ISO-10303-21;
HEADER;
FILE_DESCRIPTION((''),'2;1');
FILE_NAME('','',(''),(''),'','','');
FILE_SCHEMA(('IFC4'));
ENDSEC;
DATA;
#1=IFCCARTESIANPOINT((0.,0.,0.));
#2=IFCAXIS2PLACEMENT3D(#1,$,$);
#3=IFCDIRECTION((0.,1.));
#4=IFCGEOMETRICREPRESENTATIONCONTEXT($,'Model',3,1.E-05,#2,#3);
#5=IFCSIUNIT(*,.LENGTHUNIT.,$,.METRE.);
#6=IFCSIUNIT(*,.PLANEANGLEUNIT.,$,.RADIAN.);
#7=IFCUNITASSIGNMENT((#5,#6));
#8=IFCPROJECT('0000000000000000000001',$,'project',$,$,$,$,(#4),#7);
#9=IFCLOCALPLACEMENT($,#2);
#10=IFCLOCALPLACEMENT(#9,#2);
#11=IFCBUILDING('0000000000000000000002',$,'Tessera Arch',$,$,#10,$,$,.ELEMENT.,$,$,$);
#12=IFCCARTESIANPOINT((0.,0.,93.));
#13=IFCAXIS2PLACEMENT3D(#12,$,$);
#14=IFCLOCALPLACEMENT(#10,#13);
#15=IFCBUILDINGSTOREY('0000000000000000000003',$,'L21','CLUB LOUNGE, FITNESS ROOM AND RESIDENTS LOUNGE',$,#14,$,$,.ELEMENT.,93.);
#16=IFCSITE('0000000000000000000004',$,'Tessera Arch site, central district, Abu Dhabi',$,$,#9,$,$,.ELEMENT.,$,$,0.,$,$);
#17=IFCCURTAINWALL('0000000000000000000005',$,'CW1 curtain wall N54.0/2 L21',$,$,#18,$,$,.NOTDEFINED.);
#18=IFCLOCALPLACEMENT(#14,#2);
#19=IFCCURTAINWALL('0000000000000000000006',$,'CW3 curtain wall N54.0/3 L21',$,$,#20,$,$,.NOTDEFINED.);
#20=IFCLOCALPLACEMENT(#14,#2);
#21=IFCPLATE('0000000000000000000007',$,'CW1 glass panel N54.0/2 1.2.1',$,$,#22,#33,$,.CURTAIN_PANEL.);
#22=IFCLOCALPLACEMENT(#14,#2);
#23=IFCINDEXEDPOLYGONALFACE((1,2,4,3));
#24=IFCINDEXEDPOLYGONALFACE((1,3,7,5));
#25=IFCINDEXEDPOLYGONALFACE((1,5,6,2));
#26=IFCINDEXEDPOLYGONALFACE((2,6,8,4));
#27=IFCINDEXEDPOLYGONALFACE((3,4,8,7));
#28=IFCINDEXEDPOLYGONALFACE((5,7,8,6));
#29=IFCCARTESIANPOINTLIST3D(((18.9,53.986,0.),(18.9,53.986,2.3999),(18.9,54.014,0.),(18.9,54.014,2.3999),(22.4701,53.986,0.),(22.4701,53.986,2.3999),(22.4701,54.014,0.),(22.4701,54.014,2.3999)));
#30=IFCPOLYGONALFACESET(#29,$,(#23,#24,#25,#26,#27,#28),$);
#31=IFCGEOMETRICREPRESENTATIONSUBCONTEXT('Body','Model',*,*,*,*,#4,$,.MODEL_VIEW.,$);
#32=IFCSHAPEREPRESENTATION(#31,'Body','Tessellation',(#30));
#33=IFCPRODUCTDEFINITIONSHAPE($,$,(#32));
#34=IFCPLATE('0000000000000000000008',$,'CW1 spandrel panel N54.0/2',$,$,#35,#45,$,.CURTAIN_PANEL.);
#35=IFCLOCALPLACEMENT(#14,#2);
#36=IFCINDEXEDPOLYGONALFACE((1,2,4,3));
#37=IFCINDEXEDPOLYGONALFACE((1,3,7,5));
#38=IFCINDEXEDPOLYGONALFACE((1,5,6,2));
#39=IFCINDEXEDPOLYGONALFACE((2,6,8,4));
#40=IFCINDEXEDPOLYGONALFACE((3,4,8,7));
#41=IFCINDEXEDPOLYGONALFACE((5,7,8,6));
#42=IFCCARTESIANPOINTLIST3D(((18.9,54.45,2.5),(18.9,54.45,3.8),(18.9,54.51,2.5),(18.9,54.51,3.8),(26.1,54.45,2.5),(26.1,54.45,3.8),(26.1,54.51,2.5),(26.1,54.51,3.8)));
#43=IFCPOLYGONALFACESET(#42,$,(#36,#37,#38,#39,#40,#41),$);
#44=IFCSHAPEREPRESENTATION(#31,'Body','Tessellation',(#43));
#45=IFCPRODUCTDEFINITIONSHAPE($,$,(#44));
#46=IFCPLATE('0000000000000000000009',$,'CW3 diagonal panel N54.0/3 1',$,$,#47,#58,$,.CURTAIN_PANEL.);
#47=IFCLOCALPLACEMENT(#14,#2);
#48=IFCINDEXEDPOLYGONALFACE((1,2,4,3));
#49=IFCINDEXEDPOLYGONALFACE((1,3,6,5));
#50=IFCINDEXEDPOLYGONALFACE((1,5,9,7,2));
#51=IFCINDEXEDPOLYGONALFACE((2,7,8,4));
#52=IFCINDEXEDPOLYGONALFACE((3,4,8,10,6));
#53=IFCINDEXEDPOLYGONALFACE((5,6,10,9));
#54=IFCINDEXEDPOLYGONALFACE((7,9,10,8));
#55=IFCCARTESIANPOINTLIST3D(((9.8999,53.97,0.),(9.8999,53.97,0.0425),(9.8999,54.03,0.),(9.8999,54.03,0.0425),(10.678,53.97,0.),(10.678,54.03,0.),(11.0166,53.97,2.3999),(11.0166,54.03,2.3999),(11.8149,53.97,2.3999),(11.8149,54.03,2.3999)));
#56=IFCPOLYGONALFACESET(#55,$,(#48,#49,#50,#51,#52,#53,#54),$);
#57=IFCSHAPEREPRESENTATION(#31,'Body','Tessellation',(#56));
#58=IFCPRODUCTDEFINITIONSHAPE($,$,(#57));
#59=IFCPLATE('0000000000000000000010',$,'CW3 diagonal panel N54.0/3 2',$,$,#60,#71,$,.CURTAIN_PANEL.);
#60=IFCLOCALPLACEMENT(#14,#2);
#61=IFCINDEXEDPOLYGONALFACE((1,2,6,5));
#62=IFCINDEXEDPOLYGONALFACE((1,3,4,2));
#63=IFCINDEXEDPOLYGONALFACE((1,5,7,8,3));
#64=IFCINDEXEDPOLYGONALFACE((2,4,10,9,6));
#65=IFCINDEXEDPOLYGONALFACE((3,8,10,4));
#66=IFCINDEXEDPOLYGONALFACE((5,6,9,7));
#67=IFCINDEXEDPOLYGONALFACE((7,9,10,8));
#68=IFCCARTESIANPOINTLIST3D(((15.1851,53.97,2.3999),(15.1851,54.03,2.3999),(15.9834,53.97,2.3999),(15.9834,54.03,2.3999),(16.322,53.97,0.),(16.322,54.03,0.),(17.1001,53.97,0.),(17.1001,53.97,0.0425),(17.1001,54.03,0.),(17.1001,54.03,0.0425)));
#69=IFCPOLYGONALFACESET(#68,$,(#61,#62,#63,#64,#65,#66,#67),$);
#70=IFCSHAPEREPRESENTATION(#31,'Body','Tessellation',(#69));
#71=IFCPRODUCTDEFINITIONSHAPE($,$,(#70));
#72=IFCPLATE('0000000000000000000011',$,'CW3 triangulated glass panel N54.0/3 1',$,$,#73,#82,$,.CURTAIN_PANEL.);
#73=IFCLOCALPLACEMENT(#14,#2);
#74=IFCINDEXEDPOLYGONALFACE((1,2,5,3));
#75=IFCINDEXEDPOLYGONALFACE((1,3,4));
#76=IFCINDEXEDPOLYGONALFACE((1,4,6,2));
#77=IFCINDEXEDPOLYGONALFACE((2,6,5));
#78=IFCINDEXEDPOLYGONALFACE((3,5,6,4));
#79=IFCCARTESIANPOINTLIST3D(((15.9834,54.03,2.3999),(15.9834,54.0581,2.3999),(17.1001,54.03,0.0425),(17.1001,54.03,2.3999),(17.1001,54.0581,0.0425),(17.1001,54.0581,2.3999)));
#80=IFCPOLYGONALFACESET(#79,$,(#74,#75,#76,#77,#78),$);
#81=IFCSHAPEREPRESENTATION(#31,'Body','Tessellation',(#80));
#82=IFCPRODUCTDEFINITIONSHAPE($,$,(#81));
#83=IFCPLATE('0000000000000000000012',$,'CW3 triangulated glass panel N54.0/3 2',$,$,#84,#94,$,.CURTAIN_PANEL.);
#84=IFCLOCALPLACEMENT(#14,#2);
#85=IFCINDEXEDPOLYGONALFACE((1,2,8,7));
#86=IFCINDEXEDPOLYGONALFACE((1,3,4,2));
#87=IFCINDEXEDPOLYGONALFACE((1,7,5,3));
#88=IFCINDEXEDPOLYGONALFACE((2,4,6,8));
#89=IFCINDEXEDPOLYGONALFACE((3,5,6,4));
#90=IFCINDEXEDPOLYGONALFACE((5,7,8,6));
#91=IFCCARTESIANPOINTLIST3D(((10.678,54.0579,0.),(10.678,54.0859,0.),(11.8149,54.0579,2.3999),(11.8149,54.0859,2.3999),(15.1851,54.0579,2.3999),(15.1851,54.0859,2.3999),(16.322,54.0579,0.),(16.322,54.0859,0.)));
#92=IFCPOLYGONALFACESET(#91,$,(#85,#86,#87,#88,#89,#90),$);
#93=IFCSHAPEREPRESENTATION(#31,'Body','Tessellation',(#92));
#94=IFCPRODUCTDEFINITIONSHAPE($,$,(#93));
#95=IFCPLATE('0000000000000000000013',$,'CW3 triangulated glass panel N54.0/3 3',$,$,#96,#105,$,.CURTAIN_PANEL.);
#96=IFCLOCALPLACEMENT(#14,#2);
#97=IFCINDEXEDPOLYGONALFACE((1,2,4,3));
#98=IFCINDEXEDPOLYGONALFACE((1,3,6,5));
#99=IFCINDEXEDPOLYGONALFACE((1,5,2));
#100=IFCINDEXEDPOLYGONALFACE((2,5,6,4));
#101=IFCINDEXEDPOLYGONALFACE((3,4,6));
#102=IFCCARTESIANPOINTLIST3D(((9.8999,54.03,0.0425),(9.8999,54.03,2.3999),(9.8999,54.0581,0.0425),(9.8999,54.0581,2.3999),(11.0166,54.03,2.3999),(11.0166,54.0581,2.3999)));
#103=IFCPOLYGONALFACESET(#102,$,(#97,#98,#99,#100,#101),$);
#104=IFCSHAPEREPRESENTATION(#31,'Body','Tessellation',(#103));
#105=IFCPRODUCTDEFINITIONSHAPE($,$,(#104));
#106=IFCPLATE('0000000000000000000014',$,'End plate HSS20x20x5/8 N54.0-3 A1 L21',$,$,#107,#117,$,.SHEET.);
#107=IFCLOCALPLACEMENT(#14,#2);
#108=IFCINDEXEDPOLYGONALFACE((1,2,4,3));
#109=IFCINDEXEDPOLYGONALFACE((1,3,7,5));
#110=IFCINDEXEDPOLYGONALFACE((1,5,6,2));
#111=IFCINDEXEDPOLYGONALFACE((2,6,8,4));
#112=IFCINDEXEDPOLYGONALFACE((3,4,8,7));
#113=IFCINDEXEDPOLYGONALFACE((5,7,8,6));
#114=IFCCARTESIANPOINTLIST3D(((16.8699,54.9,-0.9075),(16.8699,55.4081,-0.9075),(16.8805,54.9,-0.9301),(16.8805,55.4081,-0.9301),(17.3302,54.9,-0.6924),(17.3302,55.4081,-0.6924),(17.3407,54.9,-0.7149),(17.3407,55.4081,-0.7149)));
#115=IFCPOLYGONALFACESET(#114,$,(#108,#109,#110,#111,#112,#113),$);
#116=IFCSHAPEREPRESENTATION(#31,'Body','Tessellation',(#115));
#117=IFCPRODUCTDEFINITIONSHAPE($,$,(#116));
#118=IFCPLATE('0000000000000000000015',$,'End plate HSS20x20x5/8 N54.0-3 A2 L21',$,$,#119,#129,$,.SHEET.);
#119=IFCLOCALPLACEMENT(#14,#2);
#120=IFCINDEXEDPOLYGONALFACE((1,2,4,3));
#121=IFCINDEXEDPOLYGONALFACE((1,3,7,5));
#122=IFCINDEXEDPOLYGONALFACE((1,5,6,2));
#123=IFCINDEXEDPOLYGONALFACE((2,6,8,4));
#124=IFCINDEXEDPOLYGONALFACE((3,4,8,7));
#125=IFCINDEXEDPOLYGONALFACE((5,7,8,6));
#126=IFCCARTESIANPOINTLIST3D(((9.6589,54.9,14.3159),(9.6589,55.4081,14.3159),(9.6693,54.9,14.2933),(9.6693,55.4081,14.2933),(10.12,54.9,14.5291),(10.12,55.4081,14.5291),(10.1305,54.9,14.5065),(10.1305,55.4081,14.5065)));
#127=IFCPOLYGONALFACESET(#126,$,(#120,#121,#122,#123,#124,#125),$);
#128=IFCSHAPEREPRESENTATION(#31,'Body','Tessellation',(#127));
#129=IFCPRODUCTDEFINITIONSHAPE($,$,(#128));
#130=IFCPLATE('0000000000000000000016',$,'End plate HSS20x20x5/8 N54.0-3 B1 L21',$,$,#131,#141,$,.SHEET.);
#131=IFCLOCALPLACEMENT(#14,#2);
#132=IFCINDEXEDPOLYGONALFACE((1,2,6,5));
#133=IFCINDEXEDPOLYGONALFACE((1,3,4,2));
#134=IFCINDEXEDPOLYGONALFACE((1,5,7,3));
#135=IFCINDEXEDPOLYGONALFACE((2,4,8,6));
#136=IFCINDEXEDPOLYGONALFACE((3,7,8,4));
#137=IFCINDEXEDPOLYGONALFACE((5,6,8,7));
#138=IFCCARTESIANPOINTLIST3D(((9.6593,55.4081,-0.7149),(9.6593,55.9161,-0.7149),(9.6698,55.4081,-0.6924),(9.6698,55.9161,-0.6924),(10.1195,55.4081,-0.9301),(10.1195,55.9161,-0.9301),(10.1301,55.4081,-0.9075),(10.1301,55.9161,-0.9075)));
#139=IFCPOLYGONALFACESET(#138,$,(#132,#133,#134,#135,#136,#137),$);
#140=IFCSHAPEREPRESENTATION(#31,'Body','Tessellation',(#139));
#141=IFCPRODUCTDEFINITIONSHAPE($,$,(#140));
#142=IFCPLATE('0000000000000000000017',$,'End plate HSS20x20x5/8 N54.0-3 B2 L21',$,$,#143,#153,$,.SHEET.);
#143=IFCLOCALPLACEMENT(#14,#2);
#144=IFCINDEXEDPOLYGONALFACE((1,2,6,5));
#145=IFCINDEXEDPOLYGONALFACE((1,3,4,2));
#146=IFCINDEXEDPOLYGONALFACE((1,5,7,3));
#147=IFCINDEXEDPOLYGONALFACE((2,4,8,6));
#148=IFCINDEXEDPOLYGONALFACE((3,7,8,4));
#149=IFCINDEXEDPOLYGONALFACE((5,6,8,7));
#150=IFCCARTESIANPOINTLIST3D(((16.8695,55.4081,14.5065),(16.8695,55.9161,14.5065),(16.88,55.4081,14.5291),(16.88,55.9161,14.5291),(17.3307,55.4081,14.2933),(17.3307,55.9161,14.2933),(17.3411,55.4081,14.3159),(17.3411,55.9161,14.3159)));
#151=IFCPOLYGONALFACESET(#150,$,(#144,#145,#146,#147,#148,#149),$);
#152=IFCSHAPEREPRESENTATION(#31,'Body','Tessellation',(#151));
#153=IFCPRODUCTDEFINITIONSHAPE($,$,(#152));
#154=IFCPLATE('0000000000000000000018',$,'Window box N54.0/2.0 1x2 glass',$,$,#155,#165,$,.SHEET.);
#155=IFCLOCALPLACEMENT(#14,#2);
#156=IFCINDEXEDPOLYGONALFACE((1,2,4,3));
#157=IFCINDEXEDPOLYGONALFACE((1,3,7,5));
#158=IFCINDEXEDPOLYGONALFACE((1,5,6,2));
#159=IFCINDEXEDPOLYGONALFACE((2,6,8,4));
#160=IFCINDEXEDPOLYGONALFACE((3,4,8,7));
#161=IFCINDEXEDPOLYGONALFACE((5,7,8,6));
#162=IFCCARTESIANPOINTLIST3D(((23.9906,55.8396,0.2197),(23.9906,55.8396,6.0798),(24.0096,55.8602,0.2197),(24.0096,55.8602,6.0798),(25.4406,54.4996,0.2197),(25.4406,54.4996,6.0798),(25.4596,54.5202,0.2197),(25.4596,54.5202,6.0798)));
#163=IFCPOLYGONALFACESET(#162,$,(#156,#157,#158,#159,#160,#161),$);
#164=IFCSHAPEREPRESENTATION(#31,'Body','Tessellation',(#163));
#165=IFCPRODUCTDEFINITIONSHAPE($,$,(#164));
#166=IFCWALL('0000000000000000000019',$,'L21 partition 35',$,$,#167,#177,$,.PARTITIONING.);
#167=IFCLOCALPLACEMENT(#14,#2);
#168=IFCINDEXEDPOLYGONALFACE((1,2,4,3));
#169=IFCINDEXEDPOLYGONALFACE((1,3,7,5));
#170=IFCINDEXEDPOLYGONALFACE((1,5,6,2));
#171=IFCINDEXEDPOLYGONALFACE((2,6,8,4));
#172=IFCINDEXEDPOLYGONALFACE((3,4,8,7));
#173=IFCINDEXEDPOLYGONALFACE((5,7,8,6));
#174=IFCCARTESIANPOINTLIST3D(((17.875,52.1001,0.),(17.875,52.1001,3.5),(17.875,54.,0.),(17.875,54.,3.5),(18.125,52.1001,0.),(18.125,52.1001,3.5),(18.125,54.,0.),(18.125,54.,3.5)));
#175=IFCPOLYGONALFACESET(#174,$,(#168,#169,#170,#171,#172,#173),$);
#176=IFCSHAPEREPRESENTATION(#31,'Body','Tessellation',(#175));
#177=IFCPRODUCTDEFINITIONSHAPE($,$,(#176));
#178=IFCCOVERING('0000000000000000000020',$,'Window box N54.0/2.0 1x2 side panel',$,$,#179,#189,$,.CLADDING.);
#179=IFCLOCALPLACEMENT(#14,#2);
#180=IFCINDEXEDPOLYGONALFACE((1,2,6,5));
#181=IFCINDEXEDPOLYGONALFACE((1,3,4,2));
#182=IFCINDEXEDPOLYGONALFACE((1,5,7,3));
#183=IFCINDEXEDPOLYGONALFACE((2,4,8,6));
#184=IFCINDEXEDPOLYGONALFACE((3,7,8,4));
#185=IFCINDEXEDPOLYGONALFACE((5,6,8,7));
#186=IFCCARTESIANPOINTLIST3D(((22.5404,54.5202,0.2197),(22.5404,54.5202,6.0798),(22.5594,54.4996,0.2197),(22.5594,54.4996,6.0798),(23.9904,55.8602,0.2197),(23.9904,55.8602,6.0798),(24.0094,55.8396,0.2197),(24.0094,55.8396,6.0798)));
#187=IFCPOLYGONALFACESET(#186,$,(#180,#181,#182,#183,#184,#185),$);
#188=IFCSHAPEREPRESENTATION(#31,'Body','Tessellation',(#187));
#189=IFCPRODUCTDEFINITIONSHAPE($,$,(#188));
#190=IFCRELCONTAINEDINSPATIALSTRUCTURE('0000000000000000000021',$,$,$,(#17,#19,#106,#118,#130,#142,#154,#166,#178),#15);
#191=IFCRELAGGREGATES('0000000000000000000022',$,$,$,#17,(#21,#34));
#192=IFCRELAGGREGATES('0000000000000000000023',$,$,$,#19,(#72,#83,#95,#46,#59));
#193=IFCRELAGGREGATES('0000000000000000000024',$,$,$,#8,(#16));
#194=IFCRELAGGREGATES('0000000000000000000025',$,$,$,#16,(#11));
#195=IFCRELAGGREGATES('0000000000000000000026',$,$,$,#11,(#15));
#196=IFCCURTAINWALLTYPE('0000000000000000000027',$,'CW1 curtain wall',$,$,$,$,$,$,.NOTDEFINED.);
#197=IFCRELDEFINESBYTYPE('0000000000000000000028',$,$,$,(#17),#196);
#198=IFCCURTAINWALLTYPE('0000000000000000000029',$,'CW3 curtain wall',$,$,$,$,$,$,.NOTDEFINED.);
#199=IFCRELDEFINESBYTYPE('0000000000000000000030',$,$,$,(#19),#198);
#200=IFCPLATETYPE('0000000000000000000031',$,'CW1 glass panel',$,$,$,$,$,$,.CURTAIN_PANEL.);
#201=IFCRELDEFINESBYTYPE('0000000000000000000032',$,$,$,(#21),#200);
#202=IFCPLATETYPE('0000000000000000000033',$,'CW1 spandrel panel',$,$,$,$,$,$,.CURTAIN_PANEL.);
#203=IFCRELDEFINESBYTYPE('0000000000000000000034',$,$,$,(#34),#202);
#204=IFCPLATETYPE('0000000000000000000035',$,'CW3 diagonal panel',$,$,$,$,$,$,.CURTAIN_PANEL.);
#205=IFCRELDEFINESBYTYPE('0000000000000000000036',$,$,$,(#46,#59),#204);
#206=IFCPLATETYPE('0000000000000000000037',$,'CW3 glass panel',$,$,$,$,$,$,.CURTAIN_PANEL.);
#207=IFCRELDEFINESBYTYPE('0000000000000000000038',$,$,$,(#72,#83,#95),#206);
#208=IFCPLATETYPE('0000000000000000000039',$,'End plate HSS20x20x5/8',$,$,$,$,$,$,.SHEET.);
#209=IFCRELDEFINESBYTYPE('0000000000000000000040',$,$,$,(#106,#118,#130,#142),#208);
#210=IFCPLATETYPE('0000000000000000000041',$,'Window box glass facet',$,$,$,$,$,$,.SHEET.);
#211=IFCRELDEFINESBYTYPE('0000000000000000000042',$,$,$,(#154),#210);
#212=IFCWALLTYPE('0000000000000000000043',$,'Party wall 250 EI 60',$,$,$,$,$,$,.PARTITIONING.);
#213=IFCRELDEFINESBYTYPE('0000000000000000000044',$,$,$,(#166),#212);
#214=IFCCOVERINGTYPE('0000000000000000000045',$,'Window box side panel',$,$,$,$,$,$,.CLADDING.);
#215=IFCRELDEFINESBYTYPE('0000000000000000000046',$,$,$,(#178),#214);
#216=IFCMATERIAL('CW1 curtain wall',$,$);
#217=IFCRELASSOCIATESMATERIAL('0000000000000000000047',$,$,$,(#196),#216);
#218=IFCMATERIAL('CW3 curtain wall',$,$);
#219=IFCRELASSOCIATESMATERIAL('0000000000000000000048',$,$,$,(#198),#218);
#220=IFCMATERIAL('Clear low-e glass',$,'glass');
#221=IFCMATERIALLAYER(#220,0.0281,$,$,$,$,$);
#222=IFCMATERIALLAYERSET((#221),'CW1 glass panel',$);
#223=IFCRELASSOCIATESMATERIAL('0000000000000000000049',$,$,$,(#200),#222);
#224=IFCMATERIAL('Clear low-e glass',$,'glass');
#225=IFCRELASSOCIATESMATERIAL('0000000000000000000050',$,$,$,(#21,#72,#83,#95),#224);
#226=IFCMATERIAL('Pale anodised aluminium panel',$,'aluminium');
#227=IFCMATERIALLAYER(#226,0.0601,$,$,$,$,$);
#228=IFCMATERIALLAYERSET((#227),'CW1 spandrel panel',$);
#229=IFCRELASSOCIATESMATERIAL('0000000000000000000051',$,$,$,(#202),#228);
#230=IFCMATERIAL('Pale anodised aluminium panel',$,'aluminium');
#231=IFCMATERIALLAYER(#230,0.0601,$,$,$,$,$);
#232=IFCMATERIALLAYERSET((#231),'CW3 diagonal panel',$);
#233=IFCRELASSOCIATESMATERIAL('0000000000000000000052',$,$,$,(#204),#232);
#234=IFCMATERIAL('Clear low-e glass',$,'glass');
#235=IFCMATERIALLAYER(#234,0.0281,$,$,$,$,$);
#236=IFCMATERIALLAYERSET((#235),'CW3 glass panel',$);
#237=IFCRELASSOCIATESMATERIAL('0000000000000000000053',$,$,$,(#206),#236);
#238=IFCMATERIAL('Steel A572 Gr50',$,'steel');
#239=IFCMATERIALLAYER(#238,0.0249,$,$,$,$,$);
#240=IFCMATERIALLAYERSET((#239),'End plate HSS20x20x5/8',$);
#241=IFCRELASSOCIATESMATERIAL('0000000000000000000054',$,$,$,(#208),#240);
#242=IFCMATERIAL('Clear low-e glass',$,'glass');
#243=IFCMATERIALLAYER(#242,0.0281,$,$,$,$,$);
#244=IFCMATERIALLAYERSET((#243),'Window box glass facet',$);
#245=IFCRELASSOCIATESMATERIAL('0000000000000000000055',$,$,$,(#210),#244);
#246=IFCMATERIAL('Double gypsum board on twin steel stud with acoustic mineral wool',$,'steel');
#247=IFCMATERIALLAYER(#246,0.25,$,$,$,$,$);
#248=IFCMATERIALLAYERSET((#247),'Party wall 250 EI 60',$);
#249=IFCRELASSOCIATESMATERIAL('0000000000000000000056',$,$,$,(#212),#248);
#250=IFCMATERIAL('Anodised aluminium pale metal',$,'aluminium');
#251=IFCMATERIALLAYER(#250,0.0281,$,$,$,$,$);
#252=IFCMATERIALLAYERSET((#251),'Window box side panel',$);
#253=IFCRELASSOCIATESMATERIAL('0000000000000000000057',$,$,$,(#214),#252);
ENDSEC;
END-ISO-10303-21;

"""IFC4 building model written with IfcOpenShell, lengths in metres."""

from ifc_helpers import new_model, si_unit, direction, frame, frame_2d, origin, origin_2d, place, context, subcontext, project, spatial, polyline, rectangle, outline, extrude, material, layer, layer_set, type_object, element, aggregate, save


model = new_model("IFC4")

# Units and contexts
model_context = context("Model", 3, precision=1e-05, world=origin(), true_north=direction((0.0, 1.0)))
body_context = subcontext(model_context, "Body", "Model", "MODEL_VIEW")
ifc_project = project(units=[si_unit("LENGTHUNIT", "METRE"), si_unit("PLANEANGLEUNIT", "RADIAN")], contexts=[model_context])

# Site, building, storey
site_placement = place(None, origin())
site = spatial("IfcSite", under=ifc_project, at=site_placement, Name="Tessera Arch site, central district, Abu Dhabi", CompositionType="ELEMENT", RefElevation=0.0)
building_placement = place(site_placement, origin())
building = spatial("IfcBuilding", under=site, at=building_placement, Name="Tessera Arch", CompositionType="ELEMENT")
storey_placement = place(building_placement, frame((0.0, 0.0, 93.0)))
storey = spatial("IfcBuildingStorey", under=building, at=storey_placement, Name="L21", Description="CLUB LOUNGE, FITNESS ROOM AND RESIDENTS LOUNGE", CompositionType="ELEMENT", Elevation=93.0)

# Curtain wall
ifc_material_1 = material(Name="CW1 curtain wall")
curtain_wall_type_1 = type_object("IfcCurtainWallType", Name="CW1 curtain wall", PredefinedType="NOTDEFINED", material=ifc_material_1)
curtain_wall_1_placement = place(storey_placement, origin())
curtain_wall_1 = element("IfcCurtainWall", 1, at=curtain_wall_1_placement, inside=storey, type_object=curtain_wall_type_1, Name="CW1 curtain wall N54.0/2 L21", PredefinedType="NOTDEFINED")

# Curtain wall
ifc_material_2 = material(Name="CW3 curtain wall")
curtain_wall_type_2 = type_object("IfcCurtainWallType", Name="CW3 curtain wall", PredefinedType="NOTDEFINED", material=ifc_material_2)
curtain_wall_2_placement = place(storey_placement, origin())
curtain_wall_2 = element("IfcCurtainWall", 2, at=curtain_wall_2_placement, inside=storey, type_object=curtain_wall_type_2, Name="CW3 curtain wall N54.0/3 L21", PredefinedType="NOTDEFINED")

# Plates
ifc_material_3 = material(Name="Clear low-e glass", Category="glass")
ifc_material_4 = material(Name="Clear low-e glass", Category="glass")
ifc_layer_1 = layer(ifc_material_4, 0.0281)
ifc_layer_set_1 = layer_set([ifc_layer_1], Name="CW1 glass panel")
plate_type_1 = type_object("IfcPlateType", Name="CW1 glass panel", PredefinedType="CURTAIN_PANEL", material=ifc_layer_set_1)
plate_1_placement = place(storey_placement, frame((20.6851, 54.0, 0.0), z_axis=(0.0, 0.0, 1.0), x_axis=(-1.0, 0.0, 0.0)))
plate_1 = element("IfcPlate", 3, at=plate_1_placement, type_object=plate_type_1, material=ifc_material_3, Name="CW1 glass panel N54.0/2 1.2.1", PredefinedType="CURTAIN_PANEL", context=body_context, shape_type="SweptSolid", body=[
    extrude(rectangle(XDim=3.5701, YDim=0.0281, at=origin_2d()), origin(), (0.0, 0.0, 1.0), 2.3999),
])
ifc_material_5 = material(Name="Pale anodised aluminium panel", Category="aluminium")
ifc_layer_2 = layer(ifc_material_5, 0.0601)
ifc_layer_set_2 = layer_set([ifc_layer_2], Name="CW1 spandrel panel")
plate_type_2 = type_object("IfcPlateType", Name="CW1 spandrel panel", PredefinedType="CURTAIN_PANEL", material=ifc_layer_set_2)
plate_2_placement = place(storey_placement, frame((22.5, 54.48, 2.5), z_axis=(0.0, 0.0, 1.0), x_axis=(-1.0, 0.0, 0.0)))
plate_2 = element("IfcPlate", 4, at=plate_2_placement, type_object=plate_type_2, Name="CW1 spandrel panel N54.0/2", PredefinedType="CURTAIN_PANEL", context=body_context, shape_type="SweptSolid", body=[
    extrude(rectangle(XDim=7.2, YDim=0.0601, at=origin_2d()), origin(), (0.0, 0.0, 1.0), 1.3),
])
aggregate(curtain_wall_1, [plate_1, plate_2])
ifc_material_6 = material(Name="Pale anodised aluminium panel", Category="aluminium")
ifc_layer_3 = layer(ifc_material_6, 0.0601)
ifc_layer_set_3 = layer_set([ifc_layer_3], Name="CW3 diagonal panel")
plate_type_3 = type_object("IfcPlateType", Name="CW3 diagonal panel", PredefinedType="CURTAIN_PANEL", material=ifc_layer_set_3)
plate_3_placement = place(storey_placement, frame((9.8999, 54.03, 0.0), z_axis=(0.0, 1.0, 0.0), x_axis=(0.0, 0.0, 1.0)))
plate_3 = element("IfcPlate", 5, at=plate_3_placement, type_object=plate_type_3, Name="CW3 diagonal panel N54.0/3 1", PredefinedType="CURTAIN_PANEL", context=body_context, shape_type="SweptSolid", body=[
    extrude(outline(polyline([(0.0, 0.0), (0.0425, 0.0), (2.3999, 1.1167), (2.3999, 1.915), (0.0, 0.7781), (0.0, 0.0)])), origin(), (0.0, 0.0, -1.0), 0.0601),
])
plate_4_placement = place(storey_placement, frame((15.1851, 54.03, 2.3999), z_axis=(0.0, 1.0, 0.0), x_axis=(1.0, 0.0, 0.0)))
plate_4 = element("IfcPlate", 6, at=plate_4_placement, type_object=plate_type_3, Name="CW3 diagonal panel N54.0/3 2", PredefinedType="CURTAIN_PANEL", context=body_context, shape_type="SweptSolid", body=[
    extrude(outline(polyline([(0.0, 0.0), (0.7983, 0.0), (1.915, 2.3574), (1.915, 2.3999), (1.137, 2.3999), (0.0, 0.0)])), origin(), (0.0, 0.0, -1.0), 0.0601),
])
ifc_material_7 = material(Name="Clear low-e glass", Category="glass")
ifc_layer_4 = layer(ifc_material_7, 0.0281)
ifc_layer_set_4 = layer_set([ifc_layer_4], Name="CW3 glass panel")
plate_type_4 = type_object("IfcPlateType", Name="CW3 glass panel", PredefinedType="CURTAIN_PANEL", material=ifc_layer_set_4)
plate_5_placement = place(storey_placement, frame((17.1001, 54.0581, 2.3999), z_axis=(0.0, 1.0, 0.0), x_axis=(0.0, 0.0, -1.0)))
plate_5 = element("IfcPlate", 7, at=plate_5_placement, type_object=plate_type_4, material=ifc_material_3, Name="CW3 triangulated glass panel N54.0/3 1", PredefinedType="CURTAIN_PANEL", context=body_context, shape_type="SweptSolid", body=[
    extrude(outline(polyline([(0.0, 0.0), (2.3574, 0.0), (0.0, 1.1167), (0.0, 0.0)])), origin(), (0.0, 0.0, -1.0), 0.0281),
])
plate_6_placement = place(storey_placement, frame((11.8149, 54.0859, 2.3999), z_axis=(0.0, 1.0, 0.0), x_axis=(1.0, 0.0, 0.0)))
plate_6 = element("IfcPlate", 8, at=plate_6_placement, type_object=plate_type_4, material=ifc_material_3, Name="CW3 triangulated glass panel N54.0/3 2", PredefinedType="CURTAIN_PANEL", context=body_context, shape_type="SweptSolid", body=[
    extrude(outline(polyline([(0.0, 0.0), (3.3701, 0.0), (4.5071, 2.3999), (-1.137, 2.3999), (0.0, 0.0)])), origin(), (0.0, 0.0, -1.0), 0.0281),
])
plate_7_placement = place(storey_placement, frame((9.8999, 54.0581, 2.3999), z_axis=(0.0, 1.0, 0.0), x_axis=(1.0, 0.0, 0.0)))
plate_7 = element("IfcPlate", 9, at=plate_7_placement, type_object=plate_type_4, material=ifc_material_3, Name="CW3 triangulated glass panel N54.0/3 3", PredefinedType="CURTAIN_PANEL", context=body_context, shape_type="SweptSolid", body=[
    extrude(outline(polyline([(0.0, 0.0), (1.1167, 0.0), (0.0, 2.3574), (0.0, 0.0)])), origin(), (0.0, 0.0, -1.0), 0.0281),
])
aggregate(curtain_wall_2, [plate_5, plate_6, plate_7, plate_3, plate_4])

# Plates
ifc_material_8 = material(Name="Steel A572 Gr50", Category="steel")
ifc_layer_5 = layer(ifc_material_8, 0.0249)
ifc_layer_set_5 = layer_set([ifc_layer_5], Name="End plate HSS20x20x5/8")
plate_type_5 = type_object("IfcPlateType", Name="End plate HSS20x20x5/8", PredefinedType="SHEET", material=ifc_layer_set_5)
for number, where, z_axis, x_axis, name in (
    (10, (17.1106, 55.1541, -0.8225), (-0.423424, 0.0, 0.905931), (0.0, -1.0, 0.0), "End plate HSS20x20x5/8 N54.0-3 A1 L21"),
    (11, (9.8999, 55.1541, 14.3999), (-0.419677, 0.0, 0.907674), (0.0, -1.0, 0.0), "End plate HSS20x20x5/8 N54.0-3 A2 L21"),
    (12, (9.8894, 55.6621, -0.8225), (0.423424, 0.0, 0.905931), (0.0, 1.0, 0.0), "End plate HSS20x20x5/8 N54.0-3 B1 L21"),
    (13, (17.1001, 55.6621, 14.3999), (0.419677, 0.0, 0.907674), (0.0, 1.0, 0.0), "End plate HSS20x20x5/8 N54.0-3 B2 L21"),
):
    element("IfcPlate", number, at=place(storey_placement, frame(where, z_axis=z_axis, x_axis=x_axis)), inside=storey, type_object=plate_type_5, Name=name, PredefinedType="SHEET", context=body_context, shape_type="SweptSolid", body=[
        extrude(rectangle(XDim=0.5081, YDim=0.5081, at=origin_2d()), origin(), (0.0, 0.0, 1.0), 0.0249),
    ])
ifc_material_9 = material(Name="Clear low-e glass", Category="glass")
ifc_layer_6 = layer(ifc_material_9, 0.0281)
ifc_layer_set_6 = layer_set([ifc_layer_6], Name="Window box glass facet")
plate_type_6 = type_object("IfcPlateType", Name="Window box glass facet", PredefinedType="SHEET", material=ifc_layer_set_6)
plate_8_placement = place(storey_placement, frame((24.7251, 55.1799, 0.2197), z_axis=(0.0, 0.0, 1.0), x_axis=(-0.734415, 0.678701, 0.0)))
element("IfcPlate", 14, at=plate_8_placement, inside=storey, type_object=plate_type_6, Name="Window box N54.0/2.0 1x2 glass", PredefinedType="SHEET", context=body_context, shape_type="SweptSolid", body=[
    extrude(rectangle(XDim=1.9744, YDim=0.0281, at=origin_2d()), origin(), (0.0, 0.0, 1.0), 5.8601),
])

# Wall
ifc_material_10 = material(Name="Double gypsum board on twin steel stud with acoustic mineral wool", Category="steel")
ifc_layer_7 = layer(ifc_material_10, 0.25)
ifc_layer_set_7 = layer_set([ifc_layer_7], Name="Party wall 250 EI 60")
wall_type = type_object("IfcWallType", Name="Party wall 250 EI 60", PredefinedType="PARTITIONING", material=ifc_layer_set_7)
wall_placement = place(storey_placement, frame((18.0, 52.1001, 0.0), z_axis=(0.0, 0.0, 1.0), x_axis=(0.0, 1.0, 0.0)))
element("IfcWall", 15, at=wall_placement, inside=storey, type_object=wall_type, Name="L21 partition 35", PredefinedType="PARTITIONING", context=body_context, shape_type="SweptSolid", body=[
    extrude(rectangle(XDim=1.8999, YDim=0.25, at=frame_2d((0.95, 0.0))), origin(), (0.0, 0.0, 1.0), 3.5),
])

# Covering
ifc_material_11 = material(Name="Anodised aluminium pale metal", Category="aluminium")
ifc_layer_8 = layer(ifc_material_11, 0.0281)
ifc_layer_set_8 = layer_set([ifc_layer_8], Name="Window box side panel")
covering_type = type_object("IfcCoveringType", Name="Window box side panel", PredefinedType="CLADDING", material=ifc_layer_set_8)
covering_placement = place(storey_placement, frame((23.2749, 55.1799, 0.2197), z_axis=(0.0, 0.0, 1.0), x_axis=(0.734415, 0.678701, 0.0)))
element("IfcCovering", 16, at=covering_placement, inside=storey, type_object=covering_type, Name="Window box N54.0/2.0 1x2 side panel", PredefinedType="CLADDING", context=body_context, shape_type="SweptSolid", body=[
    extrude(rectangle(XDim=1.9744, YDim=0.0281, at=origin_2d()), origin(), (0.0, 0.0, 1.0), 5.8601),
])

save(model, "model.ifc")
